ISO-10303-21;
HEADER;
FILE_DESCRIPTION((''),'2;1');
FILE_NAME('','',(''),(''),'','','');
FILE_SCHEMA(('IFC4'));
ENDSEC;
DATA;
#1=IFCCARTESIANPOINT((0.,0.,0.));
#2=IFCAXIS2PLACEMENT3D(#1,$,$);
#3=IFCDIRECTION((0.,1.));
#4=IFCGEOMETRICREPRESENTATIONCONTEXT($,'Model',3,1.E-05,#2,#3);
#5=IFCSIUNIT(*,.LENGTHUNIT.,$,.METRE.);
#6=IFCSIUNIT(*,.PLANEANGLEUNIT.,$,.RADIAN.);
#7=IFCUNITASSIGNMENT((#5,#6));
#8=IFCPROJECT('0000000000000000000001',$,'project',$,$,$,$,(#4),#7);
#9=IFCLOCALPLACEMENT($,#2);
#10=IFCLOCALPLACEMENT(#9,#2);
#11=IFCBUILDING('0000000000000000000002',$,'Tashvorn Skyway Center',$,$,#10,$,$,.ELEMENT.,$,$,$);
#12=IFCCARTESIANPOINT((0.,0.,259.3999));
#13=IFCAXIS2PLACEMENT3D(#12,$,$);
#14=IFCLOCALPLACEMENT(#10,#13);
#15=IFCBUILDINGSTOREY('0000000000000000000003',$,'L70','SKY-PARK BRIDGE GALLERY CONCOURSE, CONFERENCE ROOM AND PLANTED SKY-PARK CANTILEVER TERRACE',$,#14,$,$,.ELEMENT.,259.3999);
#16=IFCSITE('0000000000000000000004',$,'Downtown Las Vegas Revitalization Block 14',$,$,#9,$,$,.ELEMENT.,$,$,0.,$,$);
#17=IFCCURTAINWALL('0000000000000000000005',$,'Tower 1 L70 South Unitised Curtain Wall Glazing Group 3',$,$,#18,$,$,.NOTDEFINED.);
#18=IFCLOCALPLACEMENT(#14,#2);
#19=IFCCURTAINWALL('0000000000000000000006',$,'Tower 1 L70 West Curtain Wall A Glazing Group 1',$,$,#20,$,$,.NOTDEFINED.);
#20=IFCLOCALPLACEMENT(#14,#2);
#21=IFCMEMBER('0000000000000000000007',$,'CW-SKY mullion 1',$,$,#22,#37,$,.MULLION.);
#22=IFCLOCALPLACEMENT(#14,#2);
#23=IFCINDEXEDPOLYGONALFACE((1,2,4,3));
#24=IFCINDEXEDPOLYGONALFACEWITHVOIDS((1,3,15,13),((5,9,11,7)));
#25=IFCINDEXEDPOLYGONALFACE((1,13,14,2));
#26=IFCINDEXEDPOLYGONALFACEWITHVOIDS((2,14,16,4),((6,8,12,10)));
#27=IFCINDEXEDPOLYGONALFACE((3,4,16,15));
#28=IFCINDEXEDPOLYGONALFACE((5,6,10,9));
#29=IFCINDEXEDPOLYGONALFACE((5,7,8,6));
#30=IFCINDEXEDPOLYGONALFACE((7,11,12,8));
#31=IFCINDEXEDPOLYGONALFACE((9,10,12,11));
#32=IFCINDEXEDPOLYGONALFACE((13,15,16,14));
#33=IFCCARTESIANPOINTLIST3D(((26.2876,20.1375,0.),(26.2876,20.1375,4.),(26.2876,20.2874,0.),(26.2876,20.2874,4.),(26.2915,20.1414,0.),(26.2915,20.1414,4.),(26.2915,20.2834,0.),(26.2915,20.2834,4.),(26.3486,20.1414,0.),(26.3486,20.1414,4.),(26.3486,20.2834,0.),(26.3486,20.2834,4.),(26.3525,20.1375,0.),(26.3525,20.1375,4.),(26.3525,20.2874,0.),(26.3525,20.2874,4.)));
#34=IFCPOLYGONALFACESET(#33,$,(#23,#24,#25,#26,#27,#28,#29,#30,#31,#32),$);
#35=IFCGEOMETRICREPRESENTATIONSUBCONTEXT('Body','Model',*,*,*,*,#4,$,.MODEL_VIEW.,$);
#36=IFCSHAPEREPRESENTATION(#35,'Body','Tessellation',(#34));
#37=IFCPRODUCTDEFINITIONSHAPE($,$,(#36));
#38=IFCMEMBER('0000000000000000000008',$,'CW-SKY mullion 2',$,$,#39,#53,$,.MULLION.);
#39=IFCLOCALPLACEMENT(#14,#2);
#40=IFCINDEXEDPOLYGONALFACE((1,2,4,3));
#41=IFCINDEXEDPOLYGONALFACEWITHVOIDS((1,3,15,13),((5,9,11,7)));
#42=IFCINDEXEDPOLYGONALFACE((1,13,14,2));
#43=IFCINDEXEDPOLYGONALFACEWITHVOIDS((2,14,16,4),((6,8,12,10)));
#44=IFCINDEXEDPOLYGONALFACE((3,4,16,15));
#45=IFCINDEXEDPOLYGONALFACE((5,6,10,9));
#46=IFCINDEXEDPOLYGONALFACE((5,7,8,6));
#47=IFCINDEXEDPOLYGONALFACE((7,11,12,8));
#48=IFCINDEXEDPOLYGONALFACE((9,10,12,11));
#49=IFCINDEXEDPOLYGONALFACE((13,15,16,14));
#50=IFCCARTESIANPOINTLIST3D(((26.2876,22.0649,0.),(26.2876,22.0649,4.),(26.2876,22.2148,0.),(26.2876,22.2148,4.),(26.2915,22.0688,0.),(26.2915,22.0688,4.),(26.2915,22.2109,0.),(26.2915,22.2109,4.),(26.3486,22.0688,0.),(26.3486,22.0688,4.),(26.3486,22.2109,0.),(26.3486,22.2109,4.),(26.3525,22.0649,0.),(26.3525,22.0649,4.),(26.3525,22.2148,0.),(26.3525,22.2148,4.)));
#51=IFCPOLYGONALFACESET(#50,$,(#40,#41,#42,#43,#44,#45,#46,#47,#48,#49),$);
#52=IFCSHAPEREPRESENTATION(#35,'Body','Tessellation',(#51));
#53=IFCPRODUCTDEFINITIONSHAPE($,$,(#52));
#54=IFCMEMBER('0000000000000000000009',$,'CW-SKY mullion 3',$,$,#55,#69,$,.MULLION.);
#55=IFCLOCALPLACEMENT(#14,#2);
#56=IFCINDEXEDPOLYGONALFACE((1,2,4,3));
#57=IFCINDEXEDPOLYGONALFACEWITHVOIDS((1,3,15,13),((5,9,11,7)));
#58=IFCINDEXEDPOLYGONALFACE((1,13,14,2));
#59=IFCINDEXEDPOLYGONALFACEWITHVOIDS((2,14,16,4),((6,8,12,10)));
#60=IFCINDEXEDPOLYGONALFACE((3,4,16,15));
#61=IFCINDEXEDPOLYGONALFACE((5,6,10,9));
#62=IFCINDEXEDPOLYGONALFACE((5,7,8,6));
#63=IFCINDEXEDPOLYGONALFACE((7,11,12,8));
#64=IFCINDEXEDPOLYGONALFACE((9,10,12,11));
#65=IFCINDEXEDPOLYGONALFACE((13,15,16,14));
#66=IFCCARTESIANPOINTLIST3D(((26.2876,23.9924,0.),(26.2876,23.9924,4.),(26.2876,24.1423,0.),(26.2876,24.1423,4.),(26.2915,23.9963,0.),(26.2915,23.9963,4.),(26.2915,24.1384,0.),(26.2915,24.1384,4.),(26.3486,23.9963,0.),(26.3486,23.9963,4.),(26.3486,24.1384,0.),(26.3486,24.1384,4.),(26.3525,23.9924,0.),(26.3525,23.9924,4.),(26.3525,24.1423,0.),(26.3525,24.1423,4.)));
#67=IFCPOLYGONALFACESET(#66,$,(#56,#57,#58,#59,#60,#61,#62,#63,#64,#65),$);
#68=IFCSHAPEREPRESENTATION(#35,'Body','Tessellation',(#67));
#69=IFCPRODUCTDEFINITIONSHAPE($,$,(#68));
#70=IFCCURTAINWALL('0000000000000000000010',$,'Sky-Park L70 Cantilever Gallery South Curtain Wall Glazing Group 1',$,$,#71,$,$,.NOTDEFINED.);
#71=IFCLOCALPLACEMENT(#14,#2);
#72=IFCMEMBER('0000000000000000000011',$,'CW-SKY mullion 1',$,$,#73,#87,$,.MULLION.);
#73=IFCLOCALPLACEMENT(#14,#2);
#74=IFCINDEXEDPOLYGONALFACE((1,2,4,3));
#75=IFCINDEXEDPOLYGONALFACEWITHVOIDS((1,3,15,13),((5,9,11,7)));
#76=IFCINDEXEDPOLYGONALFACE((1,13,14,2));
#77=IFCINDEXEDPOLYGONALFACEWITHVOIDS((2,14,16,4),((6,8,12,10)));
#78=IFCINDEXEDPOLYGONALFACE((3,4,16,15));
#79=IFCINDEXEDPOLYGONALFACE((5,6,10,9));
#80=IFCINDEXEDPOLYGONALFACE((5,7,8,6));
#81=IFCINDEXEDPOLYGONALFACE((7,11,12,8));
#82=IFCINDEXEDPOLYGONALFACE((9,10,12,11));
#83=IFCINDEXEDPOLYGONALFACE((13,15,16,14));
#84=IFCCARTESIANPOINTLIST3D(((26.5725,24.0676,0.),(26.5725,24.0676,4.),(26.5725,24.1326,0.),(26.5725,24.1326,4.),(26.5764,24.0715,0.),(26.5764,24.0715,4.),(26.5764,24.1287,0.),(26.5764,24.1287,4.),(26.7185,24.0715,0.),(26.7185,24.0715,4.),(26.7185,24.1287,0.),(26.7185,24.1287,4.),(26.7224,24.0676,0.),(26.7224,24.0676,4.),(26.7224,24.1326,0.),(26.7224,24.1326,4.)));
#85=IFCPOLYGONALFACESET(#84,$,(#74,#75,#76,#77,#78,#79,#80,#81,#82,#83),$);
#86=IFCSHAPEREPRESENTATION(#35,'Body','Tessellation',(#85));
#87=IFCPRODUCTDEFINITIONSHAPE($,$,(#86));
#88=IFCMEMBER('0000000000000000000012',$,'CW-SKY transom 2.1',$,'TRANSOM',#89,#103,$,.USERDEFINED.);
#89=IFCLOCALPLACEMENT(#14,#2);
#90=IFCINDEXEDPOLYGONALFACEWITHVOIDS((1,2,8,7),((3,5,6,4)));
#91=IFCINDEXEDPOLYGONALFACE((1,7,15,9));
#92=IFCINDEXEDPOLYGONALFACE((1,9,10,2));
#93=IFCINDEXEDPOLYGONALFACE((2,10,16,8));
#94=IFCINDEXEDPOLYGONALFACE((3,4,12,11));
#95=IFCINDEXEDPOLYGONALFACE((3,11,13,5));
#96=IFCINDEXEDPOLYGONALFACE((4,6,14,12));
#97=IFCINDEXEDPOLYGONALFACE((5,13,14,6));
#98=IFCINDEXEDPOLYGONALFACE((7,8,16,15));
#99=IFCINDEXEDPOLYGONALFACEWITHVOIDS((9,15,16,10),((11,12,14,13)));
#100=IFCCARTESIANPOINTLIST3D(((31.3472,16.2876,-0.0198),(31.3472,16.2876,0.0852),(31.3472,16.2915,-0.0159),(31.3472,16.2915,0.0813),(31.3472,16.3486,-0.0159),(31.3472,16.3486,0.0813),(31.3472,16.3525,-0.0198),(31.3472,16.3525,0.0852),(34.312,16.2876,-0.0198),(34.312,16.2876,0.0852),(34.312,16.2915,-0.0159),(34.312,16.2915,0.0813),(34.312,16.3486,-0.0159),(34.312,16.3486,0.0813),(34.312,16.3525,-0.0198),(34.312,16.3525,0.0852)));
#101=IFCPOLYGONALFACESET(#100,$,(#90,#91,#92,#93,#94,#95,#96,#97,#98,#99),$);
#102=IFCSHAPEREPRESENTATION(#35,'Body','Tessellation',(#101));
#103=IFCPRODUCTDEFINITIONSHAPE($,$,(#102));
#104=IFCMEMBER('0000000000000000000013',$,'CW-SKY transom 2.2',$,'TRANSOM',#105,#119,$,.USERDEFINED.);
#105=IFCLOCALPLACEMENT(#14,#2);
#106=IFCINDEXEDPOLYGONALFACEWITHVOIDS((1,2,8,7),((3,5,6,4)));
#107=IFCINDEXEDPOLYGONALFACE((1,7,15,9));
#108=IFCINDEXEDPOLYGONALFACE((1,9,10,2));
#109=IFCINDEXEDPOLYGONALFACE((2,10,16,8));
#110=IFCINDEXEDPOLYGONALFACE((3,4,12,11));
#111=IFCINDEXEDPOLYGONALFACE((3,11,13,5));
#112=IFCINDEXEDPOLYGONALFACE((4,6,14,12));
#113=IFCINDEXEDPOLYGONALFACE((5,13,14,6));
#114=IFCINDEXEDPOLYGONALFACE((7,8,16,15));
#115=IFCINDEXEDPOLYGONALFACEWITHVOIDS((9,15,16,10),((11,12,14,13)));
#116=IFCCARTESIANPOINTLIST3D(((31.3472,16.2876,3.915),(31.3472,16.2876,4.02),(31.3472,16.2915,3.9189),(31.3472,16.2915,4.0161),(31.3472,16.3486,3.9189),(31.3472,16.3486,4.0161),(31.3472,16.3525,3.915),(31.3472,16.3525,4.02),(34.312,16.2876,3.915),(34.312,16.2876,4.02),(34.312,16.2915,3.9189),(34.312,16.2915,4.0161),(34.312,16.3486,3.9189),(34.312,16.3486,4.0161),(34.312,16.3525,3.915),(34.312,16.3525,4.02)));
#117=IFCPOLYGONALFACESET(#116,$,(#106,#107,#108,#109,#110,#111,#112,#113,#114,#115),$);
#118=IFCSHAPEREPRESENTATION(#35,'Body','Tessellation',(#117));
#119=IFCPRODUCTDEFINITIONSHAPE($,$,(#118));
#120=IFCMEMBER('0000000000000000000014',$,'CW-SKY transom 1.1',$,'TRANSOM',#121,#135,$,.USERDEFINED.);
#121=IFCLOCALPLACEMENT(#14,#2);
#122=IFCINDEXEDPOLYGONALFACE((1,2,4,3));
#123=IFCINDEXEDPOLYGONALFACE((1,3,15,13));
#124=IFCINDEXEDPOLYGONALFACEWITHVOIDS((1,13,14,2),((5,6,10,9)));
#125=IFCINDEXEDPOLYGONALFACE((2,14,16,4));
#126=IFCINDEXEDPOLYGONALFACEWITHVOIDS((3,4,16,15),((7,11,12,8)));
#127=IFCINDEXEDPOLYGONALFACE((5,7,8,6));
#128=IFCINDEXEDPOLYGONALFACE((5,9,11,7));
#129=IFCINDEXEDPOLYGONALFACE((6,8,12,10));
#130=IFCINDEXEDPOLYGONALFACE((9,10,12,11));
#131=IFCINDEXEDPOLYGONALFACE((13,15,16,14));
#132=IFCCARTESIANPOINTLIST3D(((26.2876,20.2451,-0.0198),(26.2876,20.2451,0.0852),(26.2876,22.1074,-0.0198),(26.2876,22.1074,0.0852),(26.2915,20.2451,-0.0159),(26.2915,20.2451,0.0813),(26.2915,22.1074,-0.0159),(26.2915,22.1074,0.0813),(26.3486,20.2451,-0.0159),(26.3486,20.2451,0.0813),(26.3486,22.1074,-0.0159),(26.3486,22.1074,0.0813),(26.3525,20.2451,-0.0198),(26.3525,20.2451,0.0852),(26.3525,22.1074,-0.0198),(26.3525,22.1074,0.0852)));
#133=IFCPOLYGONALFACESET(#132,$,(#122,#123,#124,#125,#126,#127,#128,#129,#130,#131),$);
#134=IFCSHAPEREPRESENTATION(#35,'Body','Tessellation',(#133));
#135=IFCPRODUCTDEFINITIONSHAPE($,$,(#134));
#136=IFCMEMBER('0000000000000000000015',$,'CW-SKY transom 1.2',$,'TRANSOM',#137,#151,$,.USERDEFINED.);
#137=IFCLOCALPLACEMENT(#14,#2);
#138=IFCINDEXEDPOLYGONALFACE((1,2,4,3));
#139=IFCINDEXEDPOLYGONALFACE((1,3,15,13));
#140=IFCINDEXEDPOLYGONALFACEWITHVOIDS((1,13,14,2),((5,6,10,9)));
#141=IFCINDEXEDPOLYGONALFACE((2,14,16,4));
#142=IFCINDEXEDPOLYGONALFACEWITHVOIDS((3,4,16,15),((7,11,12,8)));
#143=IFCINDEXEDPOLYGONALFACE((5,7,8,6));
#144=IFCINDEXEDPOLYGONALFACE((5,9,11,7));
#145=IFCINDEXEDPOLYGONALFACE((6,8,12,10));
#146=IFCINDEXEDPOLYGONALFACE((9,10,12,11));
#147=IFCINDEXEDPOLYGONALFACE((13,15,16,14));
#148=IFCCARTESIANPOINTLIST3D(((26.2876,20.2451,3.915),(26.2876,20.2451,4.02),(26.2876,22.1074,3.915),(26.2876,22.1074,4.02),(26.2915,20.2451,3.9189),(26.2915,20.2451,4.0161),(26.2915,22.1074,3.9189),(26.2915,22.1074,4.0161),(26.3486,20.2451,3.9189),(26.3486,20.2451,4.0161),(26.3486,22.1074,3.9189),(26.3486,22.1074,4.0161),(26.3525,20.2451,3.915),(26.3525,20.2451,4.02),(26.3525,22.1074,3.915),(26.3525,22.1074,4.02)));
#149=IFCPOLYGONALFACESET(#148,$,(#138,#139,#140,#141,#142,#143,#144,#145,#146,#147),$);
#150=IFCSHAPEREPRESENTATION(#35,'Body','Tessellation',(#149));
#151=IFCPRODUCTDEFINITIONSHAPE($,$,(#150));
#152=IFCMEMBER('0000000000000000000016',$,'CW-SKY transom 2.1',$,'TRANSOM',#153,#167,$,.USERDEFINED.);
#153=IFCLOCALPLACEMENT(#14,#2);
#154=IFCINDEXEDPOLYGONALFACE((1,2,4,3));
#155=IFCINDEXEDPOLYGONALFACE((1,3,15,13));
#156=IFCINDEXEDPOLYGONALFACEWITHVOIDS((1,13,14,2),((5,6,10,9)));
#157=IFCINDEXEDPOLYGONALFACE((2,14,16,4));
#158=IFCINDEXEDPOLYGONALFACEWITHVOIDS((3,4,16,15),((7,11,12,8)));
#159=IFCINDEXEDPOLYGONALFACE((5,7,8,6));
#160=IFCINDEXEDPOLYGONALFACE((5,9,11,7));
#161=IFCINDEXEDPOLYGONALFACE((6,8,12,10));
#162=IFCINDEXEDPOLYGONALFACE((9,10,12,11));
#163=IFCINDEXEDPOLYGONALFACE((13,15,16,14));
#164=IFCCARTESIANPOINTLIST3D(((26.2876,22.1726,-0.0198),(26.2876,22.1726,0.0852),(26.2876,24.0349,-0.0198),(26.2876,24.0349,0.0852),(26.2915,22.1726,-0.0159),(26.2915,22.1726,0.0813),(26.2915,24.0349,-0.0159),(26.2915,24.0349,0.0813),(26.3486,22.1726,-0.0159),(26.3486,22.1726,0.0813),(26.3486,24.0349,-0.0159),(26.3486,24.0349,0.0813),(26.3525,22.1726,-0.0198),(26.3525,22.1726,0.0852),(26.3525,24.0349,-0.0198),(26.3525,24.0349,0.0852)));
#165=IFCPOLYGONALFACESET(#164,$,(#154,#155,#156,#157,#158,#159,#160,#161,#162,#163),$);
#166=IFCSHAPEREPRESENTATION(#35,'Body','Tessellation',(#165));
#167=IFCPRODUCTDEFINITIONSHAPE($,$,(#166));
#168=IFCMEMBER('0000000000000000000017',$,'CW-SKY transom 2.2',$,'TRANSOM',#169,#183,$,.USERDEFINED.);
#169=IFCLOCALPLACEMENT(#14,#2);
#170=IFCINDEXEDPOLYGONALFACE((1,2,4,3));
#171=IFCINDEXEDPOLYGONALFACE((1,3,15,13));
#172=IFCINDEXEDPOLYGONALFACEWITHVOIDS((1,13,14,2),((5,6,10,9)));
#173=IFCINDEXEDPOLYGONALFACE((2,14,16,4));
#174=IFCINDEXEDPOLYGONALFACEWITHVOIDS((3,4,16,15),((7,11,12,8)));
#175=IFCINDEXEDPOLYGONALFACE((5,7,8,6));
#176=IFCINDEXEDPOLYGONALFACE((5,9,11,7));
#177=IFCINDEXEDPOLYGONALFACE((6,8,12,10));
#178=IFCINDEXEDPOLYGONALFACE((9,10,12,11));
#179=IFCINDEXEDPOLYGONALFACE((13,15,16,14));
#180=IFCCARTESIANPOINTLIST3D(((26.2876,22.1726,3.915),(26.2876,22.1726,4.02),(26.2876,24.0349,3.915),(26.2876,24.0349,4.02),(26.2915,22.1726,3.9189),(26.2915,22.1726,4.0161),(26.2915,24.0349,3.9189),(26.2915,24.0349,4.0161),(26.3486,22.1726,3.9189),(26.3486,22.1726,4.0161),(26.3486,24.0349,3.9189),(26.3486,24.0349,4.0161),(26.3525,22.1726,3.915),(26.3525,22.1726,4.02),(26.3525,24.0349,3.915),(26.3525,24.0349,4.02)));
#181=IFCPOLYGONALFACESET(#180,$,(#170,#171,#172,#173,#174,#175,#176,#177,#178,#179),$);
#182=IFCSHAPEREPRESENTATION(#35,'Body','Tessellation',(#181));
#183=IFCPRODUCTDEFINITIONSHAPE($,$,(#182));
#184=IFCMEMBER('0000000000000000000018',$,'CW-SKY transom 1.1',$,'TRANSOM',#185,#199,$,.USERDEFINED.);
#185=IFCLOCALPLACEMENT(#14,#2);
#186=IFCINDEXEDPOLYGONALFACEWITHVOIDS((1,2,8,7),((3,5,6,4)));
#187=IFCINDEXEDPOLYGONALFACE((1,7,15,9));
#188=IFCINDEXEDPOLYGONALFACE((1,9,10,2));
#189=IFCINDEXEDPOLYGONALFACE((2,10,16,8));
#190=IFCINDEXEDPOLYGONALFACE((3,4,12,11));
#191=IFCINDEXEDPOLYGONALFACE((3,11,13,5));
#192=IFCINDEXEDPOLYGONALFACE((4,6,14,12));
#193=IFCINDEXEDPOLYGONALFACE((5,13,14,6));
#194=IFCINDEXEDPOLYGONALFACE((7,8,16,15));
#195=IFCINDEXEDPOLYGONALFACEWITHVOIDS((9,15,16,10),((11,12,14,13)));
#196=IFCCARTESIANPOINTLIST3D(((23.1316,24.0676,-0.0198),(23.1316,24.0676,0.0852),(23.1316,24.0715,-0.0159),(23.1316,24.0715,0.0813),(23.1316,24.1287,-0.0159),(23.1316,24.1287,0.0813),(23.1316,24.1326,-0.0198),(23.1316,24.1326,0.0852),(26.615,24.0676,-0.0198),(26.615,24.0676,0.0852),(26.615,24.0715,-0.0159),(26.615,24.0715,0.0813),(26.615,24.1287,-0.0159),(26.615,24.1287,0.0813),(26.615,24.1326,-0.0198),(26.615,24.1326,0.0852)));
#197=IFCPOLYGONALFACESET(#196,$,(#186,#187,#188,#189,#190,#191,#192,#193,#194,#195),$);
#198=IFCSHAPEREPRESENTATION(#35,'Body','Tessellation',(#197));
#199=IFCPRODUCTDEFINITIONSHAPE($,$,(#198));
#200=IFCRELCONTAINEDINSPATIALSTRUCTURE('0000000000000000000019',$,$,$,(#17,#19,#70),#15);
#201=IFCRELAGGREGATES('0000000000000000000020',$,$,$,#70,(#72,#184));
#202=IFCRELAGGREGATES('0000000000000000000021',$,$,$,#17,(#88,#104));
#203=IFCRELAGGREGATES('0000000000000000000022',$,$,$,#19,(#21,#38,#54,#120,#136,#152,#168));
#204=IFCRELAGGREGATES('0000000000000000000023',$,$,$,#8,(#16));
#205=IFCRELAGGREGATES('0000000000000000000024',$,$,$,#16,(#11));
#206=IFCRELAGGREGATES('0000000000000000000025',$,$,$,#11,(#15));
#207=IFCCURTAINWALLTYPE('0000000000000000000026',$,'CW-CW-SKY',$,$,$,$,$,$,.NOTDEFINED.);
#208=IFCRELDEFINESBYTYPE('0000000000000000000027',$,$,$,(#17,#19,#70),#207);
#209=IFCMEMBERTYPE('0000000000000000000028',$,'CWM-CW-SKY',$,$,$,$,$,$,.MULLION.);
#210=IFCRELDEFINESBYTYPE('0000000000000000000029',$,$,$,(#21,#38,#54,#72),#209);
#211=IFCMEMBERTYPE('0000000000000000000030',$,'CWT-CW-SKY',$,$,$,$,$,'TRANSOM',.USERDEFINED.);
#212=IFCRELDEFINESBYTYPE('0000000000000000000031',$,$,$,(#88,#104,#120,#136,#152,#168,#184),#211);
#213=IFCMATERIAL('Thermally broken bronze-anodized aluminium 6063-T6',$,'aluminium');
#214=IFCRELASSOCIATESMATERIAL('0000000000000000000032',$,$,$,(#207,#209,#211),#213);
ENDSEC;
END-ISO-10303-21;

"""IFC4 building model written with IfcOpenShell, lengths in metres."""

from ifc_helpers import new_model, si_unit, direction, frame, origin, origin_2d, place, context, subcontext, project, spatial, hollow_rectangle, extrude, material, material_profile, profile_set, type_object, element, aggregate, save


model = new_model("IFC4")

# Units and contexts
model_context = context("Model", 3, precision=1e-05, world=origin(), true_north=direction((0.0, 1.0)))
body_context = subcontext(model_context, "Body", "Model", "MODEL_VIEW")
ifc_project = project(units=[si_unit("LENGTHUNIT", "METRE"), si_unit("PLANEANGLEUNIT", "RADIAN")], contexts=[model_context])

# Site, building, storey
site_placement = place(None, origin())
site = spatial("IfcSite", under=ifc_project, at=site_placement, Name="Downtown Las Vegas Revitalization Block 14", CompositionType="ELEMENT", RefElevation=0.0)
building_placement = place(site_placement, origin())
building = spatial("IfcBuilding", under=site, at=building_placement, Name="Tashvorn Skyway Center", CompositionType="ELEMENT")
storey_placement = place(building_placement, frame((0.0, 0.0, 259.3999)))
storey = spatial("IfcBuildingStorey", under=building, at=storey_placement, Name="L70", Description="SKY-PARK BRIDGE GALLERY CONCOURSE, CONFERENCE ROOM AND PLANTED SKY-PARK CANTILEVER TERRACE", CompositionType="ELEMENT", Elevation=259.3999)

# Curtain walls, members
ifc_material_1 = material(Name="Thermally broken bronze-anodized aluminium 6063-T6", Category="aluminium")
curtain_wall_type = type_object("IfcCurtainWallType", Name="CW-CW-SKY", PredefinedType="NOTDEFINED", material=ifc_material_1)
curtain_wall_1_placement = place(storey_placement, origin())
curtain_wall_1 = element("IfcCurtainWall", 1, at=curtain_wall_1_placement, inside=storey, type_object=curtain_wall_type, Name="Tower 1 L70 South Unitised Curtain Wall Glazing Group 3", PredefinedType="NOTDEFINED")
ifc_material_profile_1 = material_profile(ifc_material_1, hollow_rectangle(XDim=0.0649, YDim=0.1499, WallThickness=0.0039, at=origin_2d()), Name="ALU-MULL-65x150")
ifc_profile_set_1 = profile_set([ifc_material_profile_1], Name="Thermally broken bronze-anodized aluminium 6063-T6")
member_type_1 = type_object("IfcMemberType", Name="CWM-CW-SKY", PredefinedType="MULLION", material=ifc_profile_set_1)
curtain_wall_2_placement = place(storey_placement, origin())
curtain_wall_2 = element("IfcCurtainWall", 2, at=curtain_wall_2_placement, inside=storey, type_object=curtain_wall_type, Name="Tower 1 L70 West Curtain Wall A Glazing Group 1", PredefinedType="NOTDEFINED")
member_1_placement = place(storey_placement, frame((26.3201, 20.2124, 0.0), z_axis=(0.0, 0.0, 1.0), x_axis=(-1.0, 0.0, 0.0)))
member_1 = element("IfcMember", 3, at=member_1_placement, type_object=member_type_1, Name="CW-SKY mullion 1", PredefinedType="MULLION", context=body_context, shape_type="SweptSolid", body=[
    extrude(hollow_rectangle(XDim=0.0649, YDim=0.1499, WallThickness=0.0039, at=origin_2d()), origin(), (0.0, 0.0, 1.0), 4.0),
])
member_2_placement = place(storey_placement, frame((26.3201, 22.1399, 0.0), z_axis=(0.0, 0.0, 1.0), x_axis=(-1.0, 0.0, 0.0)))
member_2 = element("IfcMember", 4, at=member_2_placement, type_object=member_type_1, Name="CW-SKY mullion 2", PredefinedType="MULLION", context=body_context, shape_type="SweptSolid", body=[
    extrude(hollow_rectangle(XDim=0.0649, YDim=0.1499, WallThickness=0.0039, at=origin_2d()), origin(), (0.0, 0.0, 1.0), 4.0),
])
member_3_placement = place(storey_placement, frame((26.3201, 24.0674, 0.0), z_axis=(0.0, 0.0, 1.0), x_axis=(-1.0, 0.0, 0.0)))
member_3 = element("IfcMember", 5, at=member_3_placement, type_object=member_type_1, Name="CW-SKY mullion 3", PredefinedType="MULLION", context=body_context, shape_type="SweptSolid", body=[
    extrude(hollow_rectangle(XDim=0.0649, YDim=0.1499, WallThickness=0.0039, at=origin_2d()), origin(), (0.0, 0.0, 1.0), 4.0),
])

# Curtain wall, member
curtain_wall_3_placement = place(storey_placement, origin())
curtain_wall_3 = element("IfcCurtainWall", 6, at=curtain_wall_3_placement, inside=storey, type_object=curtain_wall_type, Name="Sky-Park L70 Cantilever Gallery South Curtain Wall Glazing Group 1", PredefinedType="NOTDEFINED")
member_4_placement = place(storey_placement, frame((26.6475, 24.1001, 0.0), z_axis=(0.0, 0.0, 1.0), x_axis=(0.0, -1.0, 0.0)))
member_4 = element("IfcMember", 7, at=member_4_placement, type_object=member_type_1, Name="CW-SKY mullion 1", PredefinedType="MULLION", context=body_context, shape_type="SweptSolid", body=[
    extrude(hollow_rectangle(XDim=0.0649, YDim=0.1499, WallThickness=0.0039, at=origin_2d()), origin(), (0.0, 0.0, 1.0), 4.0),
])

# Members
ifc_material_profile_2 = material_profile(ifc_material_1, hollow_rectangle(XDim=0.0649, YDim=0.105, WallThickness=0.0039, at=origin_2d()), Name="ALU-TRAN-65x105")
ifc_profile_set_2 = profile_set([ifc_material_profile_2], Name="Thermally broken bronze-anodized aluminium 6063-T6")
member_type_2 = type_object("IfcMemberType", Name="CWT-CW-SKY", ElementType="TRANSOM", PredefinedType="USERDEFINED", material=ifc_profile_set_2)
member_5_placement = place(storey_placement, frame((34.312, 16.3201, 0.0327), z_axis=(-1.0, 0.0, 0.0), x_axis=(0.0, -1.0, 0.0)))
member_5 = element("IfcMember", 8, at=member_5_placement, type_object=member_type_2, Name="CW-SKY transom 2.1", ObjectType="TRANSOM", PredefinedType="USERDEFINED", context=body_context, shape_type="SweptSolid", body=[
    extrude(hollow_rectangle(XDim=0.0649, YDim=0.105, WallThickness=0.0039, at=origin_2d()), origin(), (0.0, 0.0, 1.0), 2.9648),
])
member_6_placement = place(storey_placement, frame((34.312, 16.3201, 3.9675), z_axis=(-1.0, 0.0, 0.0), x_axis=(0.0, -1.0, 0.0)))
member_6 = element("IfcMember", 9, at=member_6_placement, type_object=member_type_2, Name="CW-SKY transom 2.2", ObjectType="TRANSOM", PredefinedType="USERDEFINED", context=body_context, shape_type="SweptSolid", body=[
    extrude(hollow_rectangle(XDim=0.0649, YDim=0.105, WallThickness=0.0039, at=origin_2d()), origin(), (0.0, 0.0, 1.0), 2.9648),
])
member_7_placement = place(storey_placement, frame((26.3201, 20.2451, 0.0327), z_axis=(0.0, 1.0, 0.0), x_axis=(-1.0, 0.0, 0.0)))
member_7 = element("IfcMember", 10, at=member_7_placement, type_object=member_type_2, Name="CW-SKY transom 1.1", ObjectType="TRANSOM", PredefinedType="USERDEFINED", context=body_context, shape_type="SweptSolid", body=[
    extrude(hollow_rectangle(XDim=0.0649, YDim=0.105, WallThickness=0.0039, at=origin_2d()), origin(), (0.0, 0.0, 1.0), 1.8623),
])
member_8_placement = place(storey_placement, frame((26.3201, 20.2451, 3.9675), z_axis=(0.0, 1.0, 0.0), x_axis=(-1.0, 0.0, 0.0)))
member_8 = element("IfcMember", 11, at=member_8_placement, type_object=member_type_2, Name="CW-SKY transom 1.2", ObjectType="TRANSOM", PredefinedType="USERDEFINED", context=body_context, shape_type="SweptSolid", body=[
    extrude(hollow_rectangle(XDim=0.0649, YDim=0.105, WallThickness=0.0039, at=origin_2d()), origin(), (0.0, 0.0, 1.0), 1.8623),
])
member_9_placement = place(storey_placement, frame((26.3201, 22.1726, 0.0327), z_axis=(0.0, 1.0, 0.0), x_axis=(-1.0, 0.0, 0.0)))
member_9 = element("IfcMember", 12, at=member_9_placement, type_object=member_type_2, Name="CW-SKY transom 2.1", ObjectType="TRANSOM", PredefinedType="USERDEFINED", context=body_context, shape_type="SweptSolid", body=[
    extrude(hollow_rectangle(XDim=0.0649, YDim=0.105, WallThickness=0.0039, at=origin_2d()), origin(), (0.0, 0.0, 1.0), 1.8623),
])
member_10_placement = place(storey_placement, frame((26.3201, 22.1726, 3.9675), z_axis=(0.0, 1.0, 0.0), x_axis=(-1.0, 0.0, 0.0)))
member_10 = element("IfcMember", 13, at=member_10_placement, type_object=member_type_2, Name="CW-SKY transom 2.2", ObjectType="TRANSOM", PredefinedType="USERDEFINED", context=body_context, shape_type="SweptSolid", body=[
    extrude(hollow_rectangle(XDim=0.0649, YDim=0.105, WallThickness=0.0039, at=origin_2d()), origin(), (0.0, 0.0, 1.0), 1.8623),
])
member_11_placement = place(storey_placement, frame((26.615, 24.1001, 0.0327), z_axis=(-1.0, 0.0, 0.0), x_axis=(0.0, -1.0, 0.0)))
member_11 = element("IfcMember", 14, at=member_11_placement, type_object=member_type_2, Name="CW-SKY transom 1.1", ObjectType="TRANSOM", PredefinedType="USERDEFINED", context=body_context, shape_type="SweptSolid", body=[
    extrude(hollow_rectangle(XDim=0.0649, YDim=0.105, WallThickness=0.0039, at=origin_2d()), origin(), (0.0, 0.0, 1.0), 3.4834),
])
aggregate(curtain_wall_3, [member_4, member_11])

aggregate(curtain_wall_1, [member_5, member_6])
aggregate(curtain_wall_2, [member_1, member_2, member_3, member_7, member_8, member_9, member_10])

save(model, "model.ifc")
